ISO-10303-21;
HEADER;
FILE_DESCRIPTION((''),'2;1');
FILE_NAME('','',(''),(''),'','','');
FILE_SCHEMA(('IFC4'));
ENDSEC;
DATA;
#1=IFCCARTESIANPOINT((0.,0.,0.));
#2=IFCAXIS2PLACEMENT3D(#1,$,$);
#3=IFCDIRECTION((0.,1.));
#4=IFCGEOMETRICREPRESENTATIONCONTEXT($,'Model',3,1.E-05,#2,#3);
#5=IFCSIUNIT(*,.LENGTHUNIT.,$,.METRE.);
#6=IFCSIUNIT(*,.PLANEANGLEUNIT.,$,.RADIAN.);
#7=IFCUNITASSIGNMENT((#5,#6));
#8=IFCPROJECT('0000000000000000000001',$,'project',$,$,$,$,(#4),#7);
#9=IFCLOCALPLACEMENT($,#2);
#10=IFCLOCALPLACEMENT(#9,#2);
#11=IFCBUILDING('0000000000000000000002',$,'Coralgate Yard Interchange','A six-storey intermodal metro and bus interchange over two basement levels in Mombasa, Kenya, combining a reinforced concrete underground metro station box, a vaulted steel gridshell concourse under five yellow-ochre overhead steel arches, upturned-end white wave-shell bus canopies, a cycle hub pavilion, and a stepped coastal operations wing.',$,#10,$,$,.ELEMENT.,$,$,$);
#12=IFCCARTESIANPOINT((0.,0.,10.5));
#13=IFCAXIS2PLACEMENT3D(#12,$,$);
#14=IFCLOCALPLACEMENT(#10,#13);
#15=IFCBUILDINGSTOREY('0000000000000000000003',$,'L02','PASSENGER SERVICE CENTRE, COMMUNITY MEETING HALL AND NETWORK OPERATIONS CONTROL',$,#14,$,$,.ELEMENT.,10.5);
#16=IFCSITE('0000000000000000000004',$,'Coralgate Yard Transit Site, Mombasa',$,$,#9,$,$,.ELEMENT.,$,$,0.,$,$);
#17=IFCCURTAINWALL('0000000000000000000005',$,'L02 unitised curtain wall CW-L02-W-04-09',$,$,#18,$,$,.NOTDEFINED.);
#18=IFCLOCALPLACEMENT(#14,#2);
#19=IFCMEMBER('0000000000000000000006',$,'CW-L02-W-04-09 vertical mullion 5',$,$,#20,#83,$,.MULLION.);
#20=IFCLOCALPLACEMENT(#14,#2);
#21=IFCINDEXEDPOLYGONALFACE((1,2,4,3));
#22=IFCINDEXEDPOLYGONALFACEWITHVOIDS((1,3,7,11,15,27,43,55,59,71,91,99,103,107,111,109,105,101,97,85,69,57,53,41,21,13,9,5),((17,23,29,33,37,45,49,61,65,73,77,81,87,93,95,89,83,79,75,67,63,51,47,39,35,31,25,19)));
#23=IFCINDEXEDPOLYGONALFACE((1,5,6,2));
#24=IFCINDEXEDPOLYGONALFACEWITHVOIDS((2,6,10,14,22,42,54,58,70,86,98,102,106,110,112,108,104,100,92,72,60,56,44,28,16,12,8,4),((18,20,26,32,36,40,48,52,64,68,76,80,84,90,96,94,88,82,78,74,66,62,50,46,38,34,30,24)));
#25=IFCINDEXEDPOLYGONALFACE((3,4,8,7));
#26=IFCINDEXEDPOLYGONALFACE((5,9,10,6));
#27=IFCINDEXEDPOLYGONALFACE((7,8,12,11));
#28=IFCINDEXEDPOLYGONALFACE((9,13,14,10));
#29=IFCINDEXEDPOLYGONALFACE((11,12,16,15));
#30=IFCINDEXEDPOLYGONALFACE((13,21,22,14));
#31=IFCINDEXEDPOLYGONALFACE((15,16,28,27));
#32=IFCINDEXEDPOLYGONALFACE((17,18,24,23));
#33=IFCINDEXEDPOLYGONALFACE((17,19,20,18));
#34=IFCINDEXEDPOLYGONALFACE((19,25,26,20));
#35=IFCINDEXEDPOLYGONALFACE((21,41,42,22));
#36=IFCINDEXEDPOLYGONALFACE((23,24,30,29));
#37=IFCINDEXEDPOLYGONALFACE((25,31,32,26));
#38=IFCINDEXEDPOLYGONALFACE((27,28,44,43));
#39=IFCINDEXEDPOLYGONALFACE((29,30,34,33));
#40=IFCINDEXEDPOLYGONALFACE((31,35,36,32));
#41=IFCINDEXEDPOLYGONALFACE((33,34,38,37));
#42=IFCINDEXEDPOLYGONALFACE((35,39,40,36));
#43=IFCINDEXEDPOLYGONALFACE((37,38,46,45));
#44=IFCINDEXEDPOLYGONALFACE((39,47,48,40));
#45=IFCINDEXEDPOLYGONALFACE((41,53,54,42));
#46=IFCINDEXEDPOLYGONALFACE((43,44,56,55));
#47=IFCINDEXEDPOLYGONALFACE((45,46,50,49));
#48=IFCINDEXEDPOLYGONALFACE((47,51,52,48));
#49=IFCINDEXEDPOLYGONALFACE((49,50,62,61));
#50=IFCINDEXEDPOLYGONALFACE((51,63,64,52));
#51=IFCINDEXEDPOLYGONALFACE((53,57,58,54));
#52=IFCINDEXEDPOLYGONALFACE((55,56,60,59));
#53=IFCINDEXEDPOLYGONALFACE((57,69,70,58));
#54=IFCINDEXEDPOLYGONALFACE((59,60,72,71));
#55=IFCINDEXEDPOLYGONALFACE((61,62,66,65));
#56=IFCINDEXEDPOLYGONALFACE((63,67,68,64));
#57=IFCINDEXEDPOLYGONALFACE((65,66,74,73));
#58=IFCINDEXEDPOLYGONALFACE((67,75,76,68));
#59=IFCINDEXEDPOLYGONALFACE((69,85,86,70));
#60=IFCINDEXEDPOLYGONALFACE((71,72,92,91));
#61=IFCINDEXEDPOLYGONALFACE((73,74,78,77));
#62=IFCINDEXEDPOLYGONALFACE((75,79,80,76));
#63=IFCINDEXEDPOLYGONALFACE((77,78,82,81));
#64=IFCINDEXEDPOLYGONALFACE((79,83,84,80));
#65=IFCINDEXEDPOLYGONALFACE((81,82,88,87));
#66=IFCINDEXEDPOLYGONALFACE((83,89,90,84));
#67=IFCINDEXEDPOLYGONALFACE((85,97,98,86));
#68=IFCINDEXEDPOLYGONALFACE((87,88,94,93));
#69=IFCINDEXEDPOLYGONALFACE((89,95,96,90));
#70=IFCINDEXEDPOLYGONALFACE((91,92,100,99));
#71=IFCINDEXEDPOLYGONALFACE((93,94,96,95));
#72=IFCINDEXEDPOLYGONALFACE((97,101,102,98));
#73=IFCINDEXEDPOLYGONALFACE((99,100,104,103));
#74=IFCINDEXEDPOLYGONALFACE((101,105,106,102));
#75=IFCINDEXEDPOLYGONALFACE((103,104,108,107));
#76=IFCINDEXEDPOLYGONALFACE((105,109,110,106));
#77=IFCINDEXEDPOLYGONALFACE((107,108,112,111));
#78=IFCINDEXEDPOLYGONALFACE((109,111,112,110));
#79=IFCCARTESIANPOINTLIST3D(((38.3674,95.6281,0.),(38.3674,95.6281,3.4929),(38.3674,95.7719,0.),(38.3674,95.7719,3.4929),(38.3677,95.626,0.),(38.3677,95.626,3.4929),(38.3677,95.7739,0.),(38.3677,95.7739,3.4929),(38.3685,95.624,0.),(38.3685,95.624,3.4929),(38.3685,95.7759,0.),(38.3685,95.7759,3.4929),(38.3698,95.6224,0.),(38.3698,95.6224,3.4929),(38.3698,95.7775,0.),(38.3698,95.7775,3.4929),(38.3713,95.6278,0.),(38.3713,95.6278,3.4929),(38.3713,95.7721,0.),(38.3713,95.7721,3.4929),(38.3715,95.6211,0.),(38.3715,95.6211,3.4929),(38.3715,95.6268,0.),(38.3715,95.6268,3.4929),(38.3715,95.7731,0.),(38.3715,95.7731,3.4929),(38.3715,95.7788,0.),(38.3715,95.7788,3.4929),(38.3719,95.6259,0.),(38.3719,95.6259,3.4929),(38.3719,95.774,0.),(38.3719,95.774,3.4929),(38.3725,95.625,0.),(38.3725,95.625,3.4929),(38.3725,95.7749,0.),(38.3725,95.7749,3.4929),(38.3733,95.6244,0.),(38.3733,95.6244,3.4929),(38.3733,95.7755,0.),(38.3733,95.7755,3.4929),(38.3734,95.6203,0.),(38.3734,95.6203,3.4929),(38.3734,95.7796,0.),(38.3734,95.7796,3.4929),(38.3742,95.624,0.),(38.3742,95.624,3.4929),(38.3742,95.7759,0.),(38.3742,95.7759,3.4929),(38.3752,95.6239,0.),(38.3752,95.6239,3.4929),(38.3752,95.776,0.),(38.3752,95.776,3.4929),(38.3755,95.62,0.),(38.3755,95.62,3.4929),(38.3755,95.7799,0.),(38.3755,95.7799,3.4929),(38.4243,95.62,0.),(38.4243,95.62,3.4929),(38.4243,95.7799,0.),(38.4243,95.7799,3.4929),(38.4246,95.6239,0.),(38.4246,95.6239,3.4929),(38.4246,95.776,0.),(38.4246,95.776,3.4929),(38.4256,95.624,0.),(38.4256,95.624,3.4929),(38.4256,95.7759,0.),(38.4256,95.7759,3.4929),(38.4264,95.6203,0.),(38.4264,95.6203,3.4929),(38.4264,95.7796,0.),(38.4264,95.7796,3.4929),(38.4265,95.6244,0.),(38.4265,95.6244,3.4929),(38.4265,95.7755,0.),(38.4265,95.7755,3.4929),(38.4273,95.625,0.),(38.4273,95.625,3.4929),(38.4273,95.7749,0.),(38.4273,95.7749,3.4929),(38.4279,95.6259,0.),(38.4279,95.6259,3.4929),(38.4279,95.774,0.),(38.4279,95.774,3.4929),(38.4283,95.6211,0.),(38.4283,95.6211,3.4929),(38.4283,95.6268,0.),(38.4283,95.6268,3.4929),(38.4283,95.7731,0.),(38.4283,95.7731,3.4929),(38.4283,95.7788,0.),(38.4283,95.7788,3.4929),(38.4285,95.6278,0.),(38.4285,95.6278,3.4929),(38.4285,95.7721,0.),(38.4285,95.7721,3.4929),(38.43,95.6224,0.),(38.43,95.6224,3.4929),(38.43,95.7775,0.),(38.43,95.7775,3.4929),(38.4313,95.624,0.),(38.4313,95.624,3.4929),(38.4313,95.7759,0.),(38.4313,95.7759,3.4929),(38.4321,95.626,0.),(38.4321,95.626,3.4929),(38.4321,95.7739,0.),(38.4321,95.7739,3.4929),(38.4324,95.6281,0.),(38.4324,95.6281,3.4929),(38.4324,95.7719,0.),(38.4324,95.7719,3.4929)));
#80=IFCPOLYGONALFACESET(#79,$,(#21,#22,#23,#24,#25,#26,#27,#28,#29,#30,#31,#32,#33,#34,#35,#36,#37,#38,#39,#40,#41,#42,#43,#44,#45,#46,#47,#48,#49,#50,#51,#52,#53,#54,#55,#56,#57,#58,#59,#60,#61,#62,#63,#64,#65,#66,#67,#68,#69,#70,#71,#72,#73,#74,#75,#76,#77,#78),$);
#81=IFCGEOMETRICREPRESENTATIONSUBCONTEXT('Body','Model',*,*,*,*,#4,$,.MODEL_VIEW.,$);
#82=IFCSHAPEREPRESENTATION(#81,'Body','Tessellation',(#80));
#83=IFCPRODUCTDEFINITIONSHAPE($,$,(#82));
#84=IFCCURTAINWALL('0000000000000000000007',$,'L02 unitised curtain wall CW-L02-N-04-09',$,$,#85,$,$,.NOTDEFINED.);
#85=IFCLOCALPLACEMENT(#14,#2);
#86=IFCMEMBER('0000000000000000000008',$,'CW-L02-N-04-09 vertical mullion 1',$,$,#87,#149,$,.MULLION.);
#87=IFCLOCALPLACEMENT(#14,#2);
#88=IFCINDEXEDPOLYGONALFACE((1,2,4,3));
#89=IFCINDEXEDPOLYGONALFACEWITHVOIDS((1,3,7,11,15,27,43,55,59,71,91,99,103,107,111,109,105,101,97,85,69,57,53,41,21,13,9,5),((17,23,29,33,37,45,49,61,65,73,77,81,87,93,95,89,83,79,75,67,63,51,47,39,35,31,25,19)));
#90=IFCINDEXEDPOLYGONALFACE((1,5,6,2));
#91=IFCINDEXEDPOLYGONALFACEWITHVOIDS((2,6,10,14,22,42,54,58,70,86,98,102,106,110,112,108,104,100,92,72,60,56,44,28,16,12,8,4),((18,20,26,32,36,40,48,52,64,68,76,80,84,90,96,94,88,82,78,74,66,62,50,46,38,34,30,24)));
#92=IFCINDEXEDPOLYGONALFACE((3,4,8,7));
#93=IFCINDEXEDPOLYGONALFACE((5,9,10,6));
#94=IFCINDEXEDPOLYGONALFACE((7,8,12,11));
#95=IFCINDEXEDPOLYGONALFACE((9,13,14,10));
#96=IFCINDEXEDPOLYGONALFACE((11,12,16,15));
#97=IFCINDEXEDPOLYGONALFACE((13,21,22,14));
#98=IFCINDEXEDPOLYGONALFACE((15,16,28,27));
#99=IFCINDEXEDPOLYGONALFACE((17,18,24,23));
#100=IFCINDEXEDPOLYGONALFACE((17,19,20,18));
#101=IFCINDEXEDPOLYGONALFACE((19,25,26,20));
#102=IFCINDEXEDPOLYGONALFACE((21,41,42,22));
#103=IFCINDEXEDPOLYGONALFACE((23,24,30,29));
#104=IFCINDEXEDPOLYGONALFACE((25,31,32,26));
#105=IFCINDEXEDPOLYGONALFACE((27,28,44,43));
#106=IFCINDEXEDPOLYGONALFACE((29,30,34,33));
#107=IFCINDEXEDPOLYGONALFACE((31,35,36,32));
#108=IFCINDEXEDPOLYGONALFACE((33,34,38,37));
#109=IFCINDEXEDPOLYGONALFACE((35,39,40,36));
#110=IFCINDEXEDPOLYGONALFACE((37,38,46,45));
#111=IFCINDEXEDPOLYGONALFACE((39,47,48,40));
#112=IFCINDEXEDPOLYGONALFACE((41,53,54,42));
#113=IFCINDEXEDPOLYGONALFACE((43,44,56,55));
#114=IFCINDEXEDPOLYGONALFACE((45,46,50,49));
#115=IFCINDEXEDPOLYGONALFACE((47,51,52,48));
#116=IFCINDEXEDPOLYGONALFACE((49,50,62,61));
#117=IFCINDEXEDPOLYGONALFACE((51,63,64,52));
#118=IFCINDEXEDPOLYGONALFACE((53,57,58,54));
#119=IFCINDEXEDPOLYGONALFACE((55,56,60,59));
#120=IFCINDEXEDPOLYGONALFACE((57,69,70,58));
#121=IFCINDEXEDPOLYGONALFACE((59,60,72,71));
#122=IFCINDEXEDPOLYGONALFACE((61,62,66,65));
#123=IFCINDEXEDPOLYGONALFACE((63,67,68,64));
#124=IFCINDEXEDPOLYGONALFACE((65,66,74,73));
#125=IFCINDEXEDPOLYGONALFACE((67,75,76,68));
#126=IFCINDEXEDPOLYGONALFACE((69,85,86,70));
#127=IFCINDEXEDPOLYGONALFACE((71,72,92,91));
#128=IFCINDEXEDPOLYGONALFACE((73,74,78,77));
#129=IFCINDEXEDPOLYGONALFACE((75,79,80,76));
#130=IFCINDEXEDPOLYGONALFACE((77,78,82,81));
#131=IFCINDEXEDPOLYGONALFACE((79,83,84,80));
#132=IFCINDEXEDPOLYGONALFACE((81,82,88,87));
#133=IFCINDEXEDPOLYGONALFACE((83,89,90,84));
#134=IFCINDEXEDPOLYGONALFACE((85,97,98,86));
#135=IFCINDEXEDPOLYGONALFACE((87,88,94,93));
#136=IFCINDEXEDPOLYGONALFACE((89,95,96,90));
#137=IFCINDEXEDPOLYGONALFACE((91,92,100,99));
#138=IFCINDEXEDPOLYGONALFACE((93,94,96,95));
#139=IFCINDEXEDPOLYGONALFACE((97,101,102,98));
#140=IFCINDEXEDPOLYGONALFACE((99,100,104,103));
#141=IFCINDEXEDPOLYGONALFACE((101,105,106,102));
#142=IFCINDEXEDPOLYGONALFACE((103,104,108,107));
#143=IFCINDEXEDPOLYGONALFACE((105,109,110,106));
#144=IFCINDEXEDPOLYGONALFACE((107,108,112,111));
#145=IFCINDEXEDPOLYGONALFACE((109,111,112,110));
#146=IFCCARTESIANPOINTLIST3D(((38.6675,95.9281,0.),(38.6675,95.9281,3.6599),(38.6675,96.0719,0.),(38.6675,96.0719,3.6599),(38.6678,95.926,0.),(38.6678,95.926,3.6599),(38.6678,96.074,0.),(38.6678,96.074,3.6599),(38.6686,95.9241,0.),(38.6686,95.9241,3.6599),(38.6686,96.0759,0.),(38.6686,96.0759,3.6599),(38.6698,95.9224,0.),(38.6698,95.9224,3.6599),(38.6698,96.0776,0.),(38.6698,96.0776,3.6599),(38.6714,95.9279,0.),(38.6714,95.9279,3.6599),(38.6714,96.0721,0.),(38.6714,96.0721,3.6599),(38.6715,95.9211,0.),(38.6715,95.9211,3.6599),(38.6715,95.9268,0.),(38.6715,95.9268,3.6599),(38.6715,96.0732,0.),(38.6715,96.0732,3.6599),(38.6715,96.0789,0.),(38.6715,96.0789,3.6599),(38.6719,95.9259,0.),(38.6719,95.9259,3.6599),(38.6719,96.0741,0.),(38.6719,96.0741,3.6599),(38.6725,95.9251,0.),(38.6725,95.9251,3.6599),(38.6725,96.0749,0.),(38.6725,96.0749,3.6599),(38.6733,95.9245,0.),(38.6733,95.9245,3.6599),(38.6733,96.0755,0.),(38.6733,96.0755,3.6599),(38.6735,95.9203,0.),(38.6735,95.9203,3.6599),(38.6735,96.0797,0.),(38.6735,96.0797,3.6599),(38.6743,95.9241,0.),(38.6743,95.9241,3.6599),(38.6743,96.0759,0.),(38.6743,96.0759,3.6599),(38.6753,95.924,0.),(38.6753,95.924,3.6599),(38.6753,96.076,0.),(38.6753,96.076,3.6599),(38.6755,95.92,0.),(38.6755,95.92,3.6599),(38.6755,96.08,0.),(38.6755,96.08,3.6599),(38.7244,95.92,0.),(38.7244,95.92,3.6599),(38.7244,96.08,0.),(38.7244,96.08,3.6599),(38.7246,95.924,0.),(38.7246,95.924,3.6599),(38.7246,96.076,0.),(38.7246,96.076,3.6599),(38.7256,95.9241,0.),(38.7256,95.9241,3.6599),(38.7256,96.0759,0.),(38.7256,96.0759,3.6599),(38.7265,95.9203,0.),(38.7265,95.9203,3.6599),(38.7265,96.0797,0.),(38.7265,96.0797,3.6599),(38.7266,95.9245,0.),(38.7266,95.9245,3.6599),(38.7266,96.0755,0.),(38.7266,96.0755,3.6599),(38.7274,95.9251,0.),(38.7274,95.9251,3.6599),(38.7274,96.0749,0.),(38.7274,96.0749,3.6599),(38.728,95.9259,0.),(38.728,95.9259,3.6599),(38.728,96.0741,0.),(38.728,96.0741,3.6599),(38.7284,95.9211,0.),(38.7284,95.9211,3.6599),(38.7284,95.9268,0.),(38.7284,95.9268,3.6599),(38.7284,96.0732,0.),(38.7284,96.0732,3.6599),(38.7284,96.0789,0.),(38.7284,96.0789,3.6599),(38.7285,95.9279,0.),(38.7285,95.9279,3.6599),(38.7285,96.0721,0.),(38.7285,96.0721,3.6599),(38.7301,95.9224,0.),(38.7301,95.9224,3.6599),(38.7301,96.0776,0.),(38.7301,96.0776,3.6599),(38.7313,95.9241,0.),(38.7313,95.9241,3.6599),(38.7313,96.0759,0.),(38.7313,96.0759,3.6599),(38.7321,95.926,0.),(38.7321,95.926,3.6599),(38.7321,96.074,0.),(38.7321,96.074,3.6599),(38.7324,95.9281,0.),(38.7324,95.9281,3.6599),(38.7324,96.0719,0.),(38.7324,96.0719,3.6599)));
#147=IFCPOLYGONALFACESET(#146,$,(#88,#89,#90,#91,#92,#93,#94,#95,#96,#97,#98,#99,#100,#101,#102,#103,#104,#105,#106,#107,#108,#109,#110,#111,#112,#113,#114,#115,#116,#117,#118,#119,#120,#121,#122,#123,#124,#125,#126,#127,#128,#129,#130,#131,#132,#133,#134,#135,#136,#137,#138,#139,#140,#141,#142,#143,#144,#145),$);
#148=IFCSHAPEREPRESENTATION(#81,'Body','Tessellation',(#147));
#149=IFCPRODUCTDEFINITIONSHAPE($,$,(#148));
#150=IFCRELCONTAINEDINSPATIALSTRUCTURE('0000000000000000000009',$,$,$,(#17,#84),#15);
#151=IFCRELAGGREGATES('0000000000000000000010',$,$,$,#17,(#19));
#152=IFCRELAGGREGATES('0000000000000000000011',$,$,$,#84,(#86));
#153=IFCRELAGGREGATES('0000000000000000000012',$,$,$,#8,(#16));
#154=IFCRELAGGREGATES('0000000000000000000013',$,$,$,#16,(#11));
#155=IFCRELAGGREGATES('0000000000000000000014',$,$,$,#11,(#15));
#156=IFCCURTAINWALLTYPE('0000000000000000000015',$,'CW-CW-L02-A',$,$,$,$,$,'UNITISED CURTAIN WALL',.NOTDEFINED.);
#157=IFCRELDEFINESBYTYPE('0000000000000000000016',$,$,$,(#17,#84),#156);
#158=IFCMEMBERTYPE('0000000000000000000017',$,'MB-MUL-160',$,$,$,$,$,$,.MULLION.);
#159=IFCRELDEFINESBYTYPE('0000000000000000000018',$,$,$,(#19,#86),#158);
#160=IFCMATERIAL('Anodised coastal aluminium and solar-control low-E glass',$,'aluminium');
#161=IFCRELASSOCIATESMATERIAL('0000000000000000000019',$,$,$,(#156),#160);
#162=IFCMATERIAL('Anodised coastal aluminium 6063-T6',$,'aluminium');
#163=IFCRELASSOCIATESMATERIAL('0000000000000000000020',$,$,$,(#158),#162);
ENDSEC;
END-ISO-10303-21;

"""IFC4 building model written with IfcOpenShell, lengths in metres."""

from ifc_helpers import new_model, si_unit, direction, frame, origin, origin_2d, place, context, subcontext, project, spatial, hollow_rectangle, extrude, material, material_profile, profile_set, type_object, element, aggregate, save


model = new_model("IFC4")

# Units and contexts
model_context = context("Model", 3, precision=1e-05, world=origin(), true_north=direction((0.0, 1.0)))
body_context = subcontext(model_context, "Body", "Model", "MODEL_VIEW")
ifc_project = project(units=[si_unit("LENGTHUNIT", "METRE"), si_unit("PLANEANGLEUNIT", "RADIAN")], contexts=[model_context])

# Site, building, storey
site_placement = place(None, origin())
site = spatial("IfcSite", under=ifc_project, at=site_placement, Name="Coralgate Yard Transit Site, Mombasa", CompositionType="ELEMENT", RefElevation=0.0)
building_placement = place(site_placement, origin())
building = spatial("IfcBuilding", under=site, at=building_placement, Name="Coralgate Yard Interchange", Description="A six-storey intermodal metro and bus interchange over two basement levels in Mombasa, Kenya, combining a reinforced concrete underground metro station box, a vaulted steel gridshell concourse under five yellow-ochre overhead steel arches, upturned-end white wave-shell bus canopies, a cycle hub pavilion, and a stepped coastal operations wing.", CompositionType="ELEMENT")
storey_placement = place(building_placement, frame((0.0, 0.0, 10.5)))
storey = spatial("IfcBuildingStorey", under=building, at=storey_placement, Name="L02", Description="PASSENGER SERVICE CENTRE, COMMUNITY MEETING HALL AND NETWORK OPERATIONS CONTROL", CompositionType="ELEMENT", Elevation=10.5)

# Curtain walls, members
ifc_material_1 = material(Name="Anodised coastal aluminium and solar-control low-E glass", Category="aluminium")
curtain_wall_type = type_object("IfcCurtainWallType", Name="CW-CW-L02-A", ElementType="UNITISED CURTAIN WALL", PredefinedType="NOTDEFINED", material=ifc_material_1)
curtain_wall_1_placement = place(storey_placement, origin())
curtain_wall_1 = element("IfcCurtainWall", 1, at=curtain_wall_1_placement, inside=storey, type_object=curtain_wall_type, Name="L02 unitised curtain wall CW-L02-W-04-09", PredefinedType="NOTDEFINED")
ifc_material_2 = material(Name="Anodised coastal aluminium 6063-T6", Category="aluminium")
ifc_material_profile_1 = material_profile(ifc_material_2, hollow_rectangle(XDim=0.0649, YDim=0.1599, WallThickness=0.0039, InnerFilletRadius=0.0039, OuterFilletRadius=0.0081, at=origin_2d()), Name="ALU 65x160x4")
ifc_profile_set_1 = profile_set([ifc_material_profile_1], Name="Anodised coastal aluminium 6063-T6")
member_type_1 = type_object("IfcMemberType", Name="MB-MUL-160", PredefinedType="MULLION", material=ifc_profile_set_1)
member_1_placement = place(storey_placement, frame((38.3999, 95.7, 0.0), z_axis=(0.0, 0.0, 1.0), x_axis=(1.0, 0.0, 0.0)))
member_1 = element("IfcMember", 2, at=member_1_placement, type_object=member_type_1, Name="CW-L02-W-04-09 vertical mullion 5", PredefinedType="MULLION", context=body_context, shape_type="SweptSolid", body=[
    extrude(hollow_rectangle(XDim=0.0649, YDim=0.1599, WallThickness=0.0039, InnerFilletRadius=0.0039, OuterFilletRadius=0.0081, at=origin_2d()), origin(), (0.0, 0.0, 1.0), 3.4929),
])
curtain_wall_2_placement = place(storey_placement, origin())
curtain_wall_2 = element("IfcCurtainWall", 3, at=curtain_wall_2_placement, inside=storey, type_object=curtain_wall_type, Name="L02 unitised curtain wall CW-L02-N-04-09", PredefinedType="NOTDEFINED")
member_2_placement = place(storey_placement, frame((38.7, 96.0, 0.0), z_axis=(0.0, 0.0, 1.0), x_axis=(1.0, 0.0, 0.0)))
member_2 = element("IfcMember", 4, at=member_2_placement, type_object=member_type_1, Name="CW-L02-N-04-09 vertical mullion 1", PredefinedType="MULLION", context=body_context, shape_type="SweptSolid", body=[
    extrude(hollow_rectangle(XDim=0.0649, YDim=0.1599, WallThickness=0.0039, InnerFilletRadius=0.0039, OuterFilletRadius=0.0081, at=origin_2d()), origin(), (0.0, 0.0, 1.0), 3.6599),
])

aggregate(curtain_wall_1, [member_1])
aggregate(curtain_wall_2, [member_2])

save(model, "model.ifc")
